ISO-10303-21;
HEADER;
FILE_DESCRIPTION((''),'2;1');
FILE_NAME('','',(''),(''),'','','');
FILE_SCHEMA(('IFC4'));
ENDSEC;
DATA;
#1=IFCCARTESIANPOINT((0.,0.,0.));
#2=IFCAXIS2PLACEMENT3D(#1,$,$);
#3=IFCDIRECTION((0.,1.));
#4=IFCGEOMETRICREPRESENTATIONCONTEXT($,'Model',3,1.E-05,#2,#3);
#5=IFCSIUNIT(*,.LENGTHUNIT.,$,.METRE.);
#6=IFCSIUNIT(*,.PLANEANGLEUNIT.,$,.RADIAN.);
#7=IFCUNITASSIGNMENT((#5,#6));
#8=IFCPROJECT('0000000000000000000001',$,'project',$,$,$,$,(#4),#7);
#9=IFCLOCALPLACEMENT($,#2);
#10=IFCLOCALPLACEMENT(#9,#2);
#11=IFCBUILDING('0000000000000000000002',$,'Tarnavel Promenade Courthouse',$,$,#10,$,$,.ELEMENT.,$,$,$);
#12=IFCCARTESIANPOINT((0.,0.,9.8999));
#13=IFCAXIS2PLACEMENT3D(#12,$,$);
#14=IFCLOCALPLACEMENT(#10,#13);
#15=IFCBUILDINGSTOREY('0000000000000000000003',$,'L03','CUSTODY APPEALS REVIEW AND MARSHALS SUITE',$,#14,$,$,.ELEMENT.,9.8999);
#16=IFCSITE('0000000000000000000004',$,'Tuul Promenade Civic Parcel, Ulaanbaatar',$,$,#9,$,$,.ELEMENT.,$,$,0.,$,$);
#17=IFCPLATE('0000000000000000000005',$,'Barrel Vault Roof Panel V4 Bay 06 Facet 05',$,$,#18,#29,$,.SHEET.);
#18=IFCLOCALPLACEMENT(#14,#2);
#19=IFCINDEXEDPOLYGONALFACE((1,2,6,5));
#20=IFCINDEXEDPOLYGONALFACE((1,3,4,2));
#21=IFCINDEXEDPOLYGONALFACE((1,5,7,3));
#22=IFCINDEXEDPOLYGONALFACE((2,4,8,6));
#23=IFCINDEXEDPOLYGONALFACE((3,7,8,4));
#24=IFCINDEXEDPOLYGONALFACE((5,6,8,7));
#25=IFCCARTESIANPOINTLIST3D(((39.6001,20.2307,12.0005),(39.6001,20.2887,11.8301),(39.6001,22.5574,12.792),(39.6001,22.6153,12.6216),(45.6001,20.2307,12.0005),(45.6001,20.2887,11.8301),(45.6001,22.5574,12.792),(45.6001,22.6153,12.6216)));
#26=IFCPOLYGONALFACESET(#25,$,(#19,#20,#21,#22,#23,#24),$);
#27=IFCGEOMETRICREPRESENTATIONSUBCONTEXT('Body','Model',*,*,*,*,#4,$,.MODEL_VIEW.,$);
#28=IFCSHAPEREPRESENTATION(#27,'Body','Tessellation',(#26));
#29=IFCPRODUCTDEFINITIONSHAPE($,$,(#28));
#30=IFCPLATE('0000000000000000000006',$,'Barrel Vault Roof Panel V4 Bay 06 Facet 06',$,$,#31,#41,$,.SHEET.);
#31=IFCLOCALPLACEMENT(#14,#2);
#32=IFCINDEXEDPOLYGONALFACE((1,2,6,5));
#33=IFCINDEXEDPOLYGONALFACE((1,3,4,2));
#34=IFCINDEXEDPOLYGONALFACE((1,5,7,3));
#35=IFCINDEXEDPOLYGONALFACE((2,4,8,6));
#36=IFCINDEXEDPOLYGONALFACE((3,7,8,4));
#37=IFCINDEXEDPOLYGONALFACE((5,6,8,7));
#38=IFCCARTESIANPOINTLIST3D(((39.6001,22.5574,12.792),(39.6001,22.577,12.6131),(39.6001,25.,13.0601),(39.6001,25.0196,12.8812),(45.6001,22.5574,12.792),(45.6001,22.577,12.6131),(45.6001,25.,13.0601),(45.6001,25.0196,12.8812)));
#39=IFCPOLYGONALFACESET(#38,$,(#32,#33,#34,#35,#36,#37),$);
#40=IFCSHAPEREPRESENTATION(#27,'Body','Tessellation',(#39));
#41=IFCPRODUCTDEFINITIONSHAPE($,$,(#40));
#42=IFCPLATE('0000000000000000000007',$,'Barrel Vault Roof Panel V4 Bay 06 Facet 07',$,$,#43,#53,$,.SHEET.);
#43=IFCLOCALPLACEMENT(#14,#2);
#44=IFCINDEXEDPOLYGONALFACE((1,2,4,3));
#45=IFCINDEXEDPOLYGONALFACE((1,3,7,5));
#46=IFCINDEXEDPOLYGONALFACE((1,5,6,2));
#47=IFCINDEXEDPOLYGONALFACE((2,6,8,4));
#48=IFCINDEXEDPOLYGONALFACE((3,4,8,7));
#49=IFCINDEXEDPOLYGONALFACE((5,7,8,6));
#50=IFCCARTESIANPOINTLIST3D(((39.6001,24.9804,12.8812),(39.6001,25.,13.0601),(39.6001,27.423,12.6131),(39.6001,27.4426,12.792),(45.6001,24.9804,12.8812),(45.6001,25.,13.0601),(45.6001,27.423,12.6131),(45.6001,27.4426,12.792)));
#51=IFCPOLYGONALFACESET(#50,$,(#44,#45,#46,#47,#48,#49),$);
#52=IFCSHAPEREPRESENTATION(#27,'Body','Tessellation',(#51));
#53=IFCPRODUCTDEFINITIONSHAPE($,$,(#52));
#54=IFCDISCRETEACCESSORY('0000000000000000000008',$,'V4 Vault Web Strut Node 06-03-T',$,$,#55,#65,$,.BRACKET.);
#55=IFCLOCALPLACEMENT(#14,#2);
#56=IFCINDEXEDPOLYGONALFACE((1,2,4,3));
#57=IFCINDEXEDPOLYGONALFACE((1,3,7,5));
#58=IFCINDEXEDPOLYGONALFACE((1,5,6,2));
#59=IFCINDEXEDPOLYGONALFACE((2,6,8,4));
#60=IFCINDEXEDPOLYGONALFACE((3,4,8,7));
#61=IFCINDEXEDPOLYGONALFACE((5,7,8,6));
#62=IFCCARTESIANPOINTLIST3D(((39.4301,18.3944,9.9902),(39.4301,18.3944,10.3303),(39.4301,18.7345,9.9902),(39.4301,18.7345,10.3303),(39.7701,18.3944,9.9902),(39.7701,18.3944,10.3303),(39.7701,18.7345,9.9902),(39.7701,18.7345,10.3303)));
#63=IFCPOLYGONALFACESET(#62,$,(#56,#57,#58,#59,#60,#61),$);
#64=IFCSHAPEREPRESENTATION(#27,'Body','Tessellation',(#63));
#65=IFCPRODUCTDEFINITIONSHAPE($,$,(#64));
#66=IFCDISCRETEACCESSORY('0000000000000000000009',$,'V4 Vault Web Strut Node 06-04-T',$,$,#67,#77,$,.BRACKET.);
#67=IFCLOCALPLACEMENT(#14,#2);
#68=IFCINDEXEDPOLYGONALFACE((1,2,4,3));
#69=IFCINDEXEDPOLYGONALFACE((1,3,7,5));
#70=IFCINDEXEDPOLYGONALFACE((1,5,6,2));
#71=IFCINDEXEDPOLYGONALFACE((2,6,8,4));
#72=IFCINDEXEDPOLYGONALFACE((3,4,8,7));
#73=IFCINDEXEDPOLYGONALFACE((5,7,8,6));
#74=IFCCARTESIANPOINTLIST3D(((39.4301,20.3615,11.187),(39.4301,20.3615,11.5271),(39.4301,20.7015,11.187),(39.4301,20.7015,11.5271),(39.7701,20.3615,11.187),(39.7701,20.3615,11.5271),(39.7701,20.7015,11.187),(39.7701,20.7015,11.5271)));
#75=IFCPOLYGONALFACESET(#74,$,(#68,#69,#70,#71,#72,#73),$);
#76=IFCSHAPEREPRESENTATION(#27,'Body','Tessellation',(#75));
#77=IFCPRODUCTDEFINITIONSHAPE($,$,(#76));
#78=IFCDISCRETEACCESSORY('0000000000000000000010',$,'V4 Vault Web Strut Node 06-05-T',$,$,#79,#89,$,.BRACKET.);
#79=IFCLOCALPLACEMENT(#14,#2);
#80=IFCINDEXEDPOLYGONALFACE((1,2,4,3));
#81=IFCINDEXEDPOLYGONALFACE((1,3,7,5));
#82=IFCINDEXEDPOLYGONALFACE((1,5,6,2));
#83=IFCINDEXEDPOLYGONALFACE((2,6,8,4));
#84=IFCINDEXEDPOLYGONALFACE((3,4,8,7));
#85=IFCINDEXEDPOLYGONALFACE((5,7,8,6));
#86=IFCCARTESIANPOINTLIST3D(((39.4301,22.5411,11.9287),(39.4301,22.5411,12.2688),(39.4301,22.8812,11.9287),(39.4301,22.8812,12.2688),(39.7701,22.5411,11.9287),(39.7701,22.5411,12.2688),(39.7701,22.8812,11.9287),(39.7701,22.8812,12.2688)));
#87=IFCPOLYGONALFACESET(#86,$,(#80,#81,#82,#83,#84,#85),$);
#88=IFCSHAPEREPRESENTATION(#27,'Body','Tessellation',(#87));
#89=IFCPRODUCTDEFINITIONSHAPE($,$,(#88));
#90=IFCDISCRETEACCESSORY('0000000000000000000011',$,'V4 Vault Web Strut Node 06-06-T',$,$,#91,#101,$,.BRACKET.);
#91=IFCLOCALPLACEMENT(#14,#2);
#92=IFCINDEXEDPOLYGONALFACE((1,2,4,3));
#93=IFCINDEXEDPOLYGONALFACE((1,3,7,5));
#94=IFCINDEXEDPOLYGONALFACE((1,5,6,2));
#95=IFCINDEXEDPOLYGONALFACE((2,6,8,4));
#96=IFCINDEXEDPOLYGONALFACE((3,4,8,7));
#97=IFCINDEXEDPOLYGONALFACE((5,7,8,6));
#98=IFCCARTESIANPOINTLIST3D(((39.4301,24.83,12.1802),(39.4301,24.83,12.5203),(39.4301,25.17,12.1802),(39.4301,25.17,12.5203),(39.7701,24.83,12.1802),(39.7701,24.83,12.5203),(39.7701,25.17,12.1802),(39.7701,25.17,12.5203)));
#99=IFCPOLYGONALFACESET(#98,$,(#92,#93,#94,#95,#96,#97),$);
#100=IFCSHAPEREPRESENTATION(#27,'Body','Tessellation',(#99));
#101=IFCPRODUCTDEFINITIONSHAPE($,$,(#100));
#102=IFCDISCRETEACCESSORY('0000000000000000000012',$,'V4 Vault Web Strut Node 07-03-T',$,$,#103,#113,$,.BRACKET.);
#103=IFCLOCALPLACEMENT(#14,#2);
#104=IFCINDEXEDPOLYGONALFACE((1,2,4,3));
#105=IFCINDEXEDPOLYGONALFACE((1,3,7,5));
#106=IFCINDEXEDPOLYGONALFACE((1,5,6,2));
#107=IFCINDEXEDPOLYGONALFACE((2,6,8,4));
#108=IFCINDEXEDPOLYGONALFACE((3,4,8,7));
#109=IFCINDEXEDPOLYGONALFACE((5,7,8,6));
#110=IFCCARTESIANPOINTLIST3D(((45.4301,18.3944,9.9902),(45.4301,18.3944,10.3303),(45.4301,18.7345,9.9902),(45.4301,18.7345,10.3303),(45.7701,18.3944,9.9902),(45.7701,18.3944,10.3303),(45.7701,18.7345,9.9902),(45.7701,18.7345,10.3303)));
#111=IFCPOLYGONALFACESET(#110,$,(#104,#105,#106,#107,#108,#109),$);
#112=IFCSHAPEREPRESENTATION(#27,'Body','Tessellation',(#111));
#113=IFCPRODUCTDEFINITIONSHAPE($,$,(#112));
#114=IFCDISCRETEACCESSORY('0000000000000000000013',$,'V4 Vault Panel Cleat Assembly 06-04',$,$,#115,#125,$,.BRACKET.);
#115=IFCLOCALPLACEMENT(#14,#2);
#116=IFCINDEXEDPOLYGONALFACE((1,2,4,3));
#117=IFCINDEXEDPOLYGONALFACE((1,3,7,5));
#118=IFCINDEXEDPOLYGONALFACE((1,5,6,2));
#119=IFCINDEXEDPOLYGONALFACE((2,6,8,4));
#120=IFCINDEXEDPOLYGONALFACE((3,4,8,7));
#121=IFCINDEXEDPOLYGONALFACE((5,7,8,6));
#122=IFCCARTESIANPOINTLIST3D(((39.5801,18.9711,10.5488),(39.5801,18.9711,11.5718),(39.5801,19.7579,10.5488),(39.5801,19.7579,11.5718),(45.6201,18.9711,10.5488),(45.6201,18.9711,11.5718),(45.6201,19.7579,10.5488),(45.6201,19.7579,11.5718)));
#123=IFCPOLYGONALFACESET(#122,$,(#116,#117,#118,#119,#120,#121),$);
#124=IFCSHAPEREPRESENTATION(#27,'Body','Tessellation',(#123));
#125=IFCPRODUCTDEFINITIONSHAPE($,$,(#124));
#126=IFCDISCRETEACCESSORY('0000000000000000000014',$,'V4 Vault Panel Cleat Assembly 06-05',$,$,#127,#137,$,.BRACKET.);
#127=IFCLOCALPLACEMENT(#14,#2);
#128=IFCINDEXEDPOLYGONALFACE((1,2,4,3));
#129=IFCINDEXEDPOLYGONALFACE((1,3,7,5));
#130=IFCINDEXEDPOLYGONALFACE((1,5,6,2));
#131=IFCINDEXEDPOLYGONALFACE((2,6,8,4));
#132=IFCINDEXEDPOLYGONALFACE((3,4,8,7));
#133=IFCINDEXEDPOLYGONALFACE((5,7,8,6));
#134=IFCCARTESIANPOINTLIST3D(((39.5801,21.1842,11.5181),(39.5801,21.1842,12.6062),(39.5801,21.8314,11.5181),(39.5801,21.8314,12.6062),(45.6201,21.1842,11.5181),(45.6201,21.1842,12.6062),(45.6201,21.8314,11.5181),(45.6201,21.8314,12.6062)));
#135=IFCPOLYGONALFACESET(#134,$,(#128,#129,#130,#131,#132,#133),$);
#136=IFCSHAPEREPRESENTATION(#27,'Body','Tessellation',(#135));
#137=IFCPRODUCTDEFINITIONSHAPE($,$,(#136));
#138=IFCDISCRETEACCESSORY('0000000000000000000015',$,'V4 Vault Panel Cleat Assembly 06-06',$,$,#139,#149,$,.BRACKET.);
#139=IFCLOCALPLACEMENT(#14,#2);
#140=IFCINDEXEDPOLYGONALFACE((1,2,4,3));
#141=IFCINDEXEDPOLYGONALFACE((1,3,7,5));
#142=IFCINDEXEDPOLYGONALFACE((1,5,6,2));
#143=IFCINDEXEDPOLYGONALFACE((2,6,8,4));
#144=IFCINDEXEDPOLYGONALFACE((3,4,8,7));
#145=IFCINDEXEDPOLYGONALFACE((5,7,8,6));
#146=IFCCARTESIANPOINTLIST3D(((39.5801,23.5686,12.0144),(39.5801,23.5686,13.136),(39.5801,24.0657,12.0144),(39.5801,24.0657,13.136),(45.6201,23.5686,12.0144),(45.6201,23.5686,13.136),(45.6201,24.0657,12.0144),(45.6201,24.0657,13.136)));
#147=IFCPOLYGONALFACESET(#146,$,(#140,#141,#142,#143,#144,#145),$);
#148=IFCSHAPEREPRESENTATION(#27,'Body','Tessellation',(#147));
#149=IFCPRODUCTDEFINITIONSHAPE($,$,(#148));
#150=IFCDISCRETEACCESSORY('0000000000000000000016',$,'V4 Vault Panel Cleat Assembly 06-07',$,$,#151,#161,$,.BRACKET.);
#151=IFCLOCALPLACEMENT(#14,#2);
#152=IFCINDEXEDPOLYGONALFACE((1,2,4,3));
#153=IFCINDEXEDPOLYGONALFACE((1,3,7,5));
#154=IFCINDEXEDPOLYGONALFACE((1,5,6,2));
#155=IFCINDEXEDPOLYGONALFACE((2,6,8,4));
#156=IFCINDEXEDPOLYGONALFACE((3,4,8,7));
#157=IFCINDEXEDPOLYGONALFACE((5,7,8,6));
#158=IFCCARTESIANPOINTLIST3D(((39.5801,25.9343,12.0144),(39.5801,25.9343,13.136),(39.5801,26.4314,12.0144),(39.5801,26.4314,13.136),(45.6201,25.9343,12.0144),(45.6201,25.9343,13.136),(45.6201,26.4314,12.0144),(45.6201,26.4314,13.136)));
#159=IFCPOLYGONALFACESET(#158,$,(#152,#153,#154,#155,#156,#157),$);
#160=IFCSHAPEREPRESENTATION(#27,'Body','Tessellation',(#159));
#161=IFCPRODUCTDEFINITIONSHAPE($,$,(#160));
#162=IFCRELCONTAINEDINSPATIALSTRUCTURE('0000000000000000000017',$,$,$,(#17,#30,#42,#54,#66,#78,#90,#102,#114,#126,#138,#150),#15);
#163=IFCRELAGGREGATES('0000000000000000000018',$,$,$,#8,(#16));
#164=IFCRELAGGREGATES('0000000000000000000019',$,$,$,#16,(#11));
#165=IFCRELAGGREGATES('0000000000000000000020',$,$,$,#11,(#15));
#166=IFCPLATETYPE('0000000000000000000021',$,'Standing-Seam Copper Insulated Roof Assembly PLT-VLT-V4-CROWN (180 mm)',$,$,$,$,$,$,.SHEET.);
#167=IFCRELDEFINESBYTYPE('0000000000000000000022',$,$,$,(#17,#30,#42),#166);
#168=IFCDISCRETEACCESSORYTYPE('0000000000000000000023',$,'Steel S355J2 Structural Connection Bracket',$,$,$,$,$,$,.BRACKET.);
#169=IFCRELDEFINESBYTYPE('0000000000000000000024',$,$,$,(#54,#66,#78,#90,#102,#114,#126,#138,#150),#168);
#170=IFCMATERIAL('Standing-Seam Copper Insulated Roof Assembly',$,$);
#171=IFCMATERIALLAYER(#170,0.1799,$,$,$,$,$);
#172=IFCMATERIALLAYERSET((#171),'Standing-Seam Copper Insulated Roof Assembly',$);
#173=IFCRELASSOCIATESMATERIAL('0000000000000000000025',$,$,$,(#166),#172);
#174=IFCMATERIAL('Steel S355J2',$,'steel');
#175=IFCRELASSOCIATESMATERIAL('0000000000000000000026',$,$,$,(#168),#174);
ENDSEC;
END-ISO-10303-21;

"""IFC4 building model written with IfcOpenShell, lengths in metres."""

from ifc_helpers import new_model, si_unit, direction, frame, origin, origin_2d, place, context, subcontext, project, spatial, polyline, rectangle, outline, extrude, material, layer, layer_set, type_object, element, save


model = new_model("IFC4")

# Units and contexts
model_context = context("Model", 3, precision=1e-05, world=origin(), true_north=direction((0.0, 1.0)))
body_context = subcontext(model_context, "Body", "Model", "MODEL_VIEW")
ifc_project = project(units=[si_unit("LENGTHUNIT", "METRE"), si_unit("PLANEANGLEUNIT", "RADIAN")], contexts=[model_context])

# Site, building, storey
site_placement = place(None, origin())
site = spatial("IfcSite", under=ifc_project, at=site_placement, Name="Tuul Promenade Civic Parcel, Ulaanbaatar", CompositionType="ELEMENT", RefElevation=0.0)
building_placement = place(site_placement, origin())
building = spatial("IfcBuilding", under=site, at=building_placement, Name="Tarnavel Promenade Courthouse", CompositionType="ELEMENT")
storey_placement = place(building_placement, frame((0.0, 0.0, 9.8999)))
storey = spatial("IfcBuildingStorey", under=building, at=storey_placement, Name="L03", Description="CUSTODY APPEALS REVIEW AND MARSHALS SUITE", CompositionType="ELEMENT", Elevation=9.8999)

# Shared definitions
ifc_material_1 = material(Name="Steel S355J2", Category="steel")

# Plates
ifc_material_2 = material(Name="Standing-Seam Copper Insulated Roof Assembly")
ifc_layer = layer(ifc_material_2, 0.1799)
ifc_layer_set = layer_set([ifc_layer], Name="Standing-Seam Copper Insulated Roof Assembly")
plate_type = type_object("IfcPlateType", Name="Standing-Seam Copper Insulated Roof Assembly PLT-VLT-V4-CROWN (180 mm)", PredefinedType="SHEET", material=ifc_layer_set)
plate_1_placement = place(storey_placement, frame((39.6001, 20.2307, 12.0005), z_axis=(0.0, -0.322063, 0.946718), x_axis=(1.0, 0.0, 0.0)))
element("IfcPlate", 1, at=plate_1_placement, inside=storey, type_object=plate_type, Name="Barrel Vault Roof Panel V4 Bay 06 Facet 05", PredefinedType="SHEET", context=body_context, shape_type="SweptSolid", body=[
    extrude(outline(polyline([(0.0, 0.0), (6.0, 0.0), (6.0, 2.4576), (0.0, 2.4576), (0.0, 0.0)])), origin(), (0.0, 0.0, -1.0), 0.1799),
])
for number, where, z_axis, x_axis, name in (
    (2, (39.6001, 22.5574, 12.792), (0.0, -0.10909, 0.994032), (1.0, 0.0, 0.0), "Barrel Vault Roof Panel V4 Bay 06 Facet 06"),
    (3, (39.6001, 25.0, 13.0601), (0.0, 0.10909, 0.994032), (1.0, 0.0, 0.0), "Barrel Vault Roof Panel V4 Bay 06 Facet 07"),
):
    element("IfcPlate", number, at=place(storey_placement, frame(where, z_axis=z_axis, x_axis=x_axis)), inside=storey, type_object=plate_type, Name=name, PredefinedType="SHEET", context=body_context, shape_type="SweptSolid", body=[
        extrude(outline(polyline([(0.0, 0.0), (6.0, 0.0), (6.0, 2.4573), (0.0, 2.4573), (0.0, 0.0)])), origin(), (0.0, 0.0, -1.0), 0.1799),
    ])

# Discrete accessories
discrete_accessory_type = type_object("IfcDiscreteAccessoryType", Name="Steel S355J2 Structural Connection Bracket", PredefinedType="BRACKET", material=ifc_material_1)
for number, where, z_axis, x_axis, name in (
    (4, (39.6001, 18.5645, 9.9902), (0.0, 0.0, 1.0), (1.0, 0.0, 0.0), "V4 Vault Web Strut Node 06-03-T"),
    (5, (39.6001, 20.5315, 11.187), (0.0, 0.0, 1.0), (1.0, 0.0, 0.0), "V4 Vault Web Strut Node 06-04-T"),
    (6, (39.6001, 22.7112, 11.9287), (0.0, 0.0, 1.0), (1.0, 0.0, 0.0), "V4 Vault Web Strut Node 06-05-T"),
    (7, (39.6001, 25.0, 12.1802), (0.0, 0.0, 1.0), (1.0, 0.0, 0.0), "V4 Vault Web Strut Node 06-06-T"),
    (8, (45.6001, 18.5645, 9.9902), (0.0, 0.0, 1.0), (1.0, 0.0, 0.0), "V4 Vault Web Strut Node 07-03-T"),
):
    element("IfcDiscreteAccessory", number, at=place(storey_placement, frame(where, z_axis=z_axis, x_axis=x_axis)), inside=storey, type_object=discrete_accessory_type, Name=name, PredefinedType="BRACKET", context=body_context, shape_type="SweptSolid", body=[
        extrude(rectangle(XDim=0.3401, YDim=0.3401, at=origin_2d()), origin(), (0.0, 0.0, 1.0), 0.3401),
    ])
discrete_accessory_1_placement = place(storey_placement, frame((42.6001, 19.3645, 10.5488), z_axis=(0.0, 0.0, 1.0), x_axis=(1.0, 0.0, 0.0)))
element("IfcDiscreteAccessory", 9, at=discrete_accessory_1_placement, inside=storey, type_object=discrete_accessory_type, Name="V4 Vault Panel Cleat Assembly 06-04", PredefinedType="BRACKET", context=body_context, shape_type="SweptSolid", body=[
    extrude(rectangle(XDim=6.04, YDim=0.7869, at=origin_2d()), origin(), (0.0, 0.0, 1.0), 1.0229),
])
discrete_accessory_2_placement = place(storey_placement, frame((42.6001, 21.5078, 11.5181), z_axis=(0.0, 0.0, 1.0), x_axis=(1.0, 0.0, 0.0)))
element("IfcDiscreteAccessory", 10, at=discrete_accessory_2_placement, inside=storey, type_object=discrete_accessory_type, Name="V4 Vault Panel Cleat Assembly 06-05", PredefinedType="BRACKET", context=body_context, shape_type="SweptSolid", body=[
    extrude(rectangle(XDim=6.04, YDim=0.6472, at=origin_2d()), origin(), (0.0, 0.0, 1.0), 1.0881),
])
for number, where, z_axis, x_axis, name in (
    (11, (42.6001, 23.8171, 12.0144), (0.0, 0.0, 1.0), (1.0, 0.0, 0.0), "V4 Vault Panel Cleat Assembly 06-06"),
    (12, (42.6001, 26.1829, 12.0144), (0.0, 0.0, 1.0), (1.0, 0.0, 0.0), "V4 Vault Panel Cleat Assembly 06-07"),
):
    element("IfcDiscreteAccessory", number, at=place(storey_placement, frame(where, z_axis=z_axis, x_axis=x_axis)), inside=storey, type_object=discrete_accessory_type, Name=name, PredefinedType="BRACKET", context=body_context, shape_type="SweptSolid", body=[
        extrude(rectangle(XDim=6.04, YDim=0.4971, at=origin_2d()), origin(), (0.0, 0.0, 1.0), 1.1216),
    ])

save(model, "model.ifc")
